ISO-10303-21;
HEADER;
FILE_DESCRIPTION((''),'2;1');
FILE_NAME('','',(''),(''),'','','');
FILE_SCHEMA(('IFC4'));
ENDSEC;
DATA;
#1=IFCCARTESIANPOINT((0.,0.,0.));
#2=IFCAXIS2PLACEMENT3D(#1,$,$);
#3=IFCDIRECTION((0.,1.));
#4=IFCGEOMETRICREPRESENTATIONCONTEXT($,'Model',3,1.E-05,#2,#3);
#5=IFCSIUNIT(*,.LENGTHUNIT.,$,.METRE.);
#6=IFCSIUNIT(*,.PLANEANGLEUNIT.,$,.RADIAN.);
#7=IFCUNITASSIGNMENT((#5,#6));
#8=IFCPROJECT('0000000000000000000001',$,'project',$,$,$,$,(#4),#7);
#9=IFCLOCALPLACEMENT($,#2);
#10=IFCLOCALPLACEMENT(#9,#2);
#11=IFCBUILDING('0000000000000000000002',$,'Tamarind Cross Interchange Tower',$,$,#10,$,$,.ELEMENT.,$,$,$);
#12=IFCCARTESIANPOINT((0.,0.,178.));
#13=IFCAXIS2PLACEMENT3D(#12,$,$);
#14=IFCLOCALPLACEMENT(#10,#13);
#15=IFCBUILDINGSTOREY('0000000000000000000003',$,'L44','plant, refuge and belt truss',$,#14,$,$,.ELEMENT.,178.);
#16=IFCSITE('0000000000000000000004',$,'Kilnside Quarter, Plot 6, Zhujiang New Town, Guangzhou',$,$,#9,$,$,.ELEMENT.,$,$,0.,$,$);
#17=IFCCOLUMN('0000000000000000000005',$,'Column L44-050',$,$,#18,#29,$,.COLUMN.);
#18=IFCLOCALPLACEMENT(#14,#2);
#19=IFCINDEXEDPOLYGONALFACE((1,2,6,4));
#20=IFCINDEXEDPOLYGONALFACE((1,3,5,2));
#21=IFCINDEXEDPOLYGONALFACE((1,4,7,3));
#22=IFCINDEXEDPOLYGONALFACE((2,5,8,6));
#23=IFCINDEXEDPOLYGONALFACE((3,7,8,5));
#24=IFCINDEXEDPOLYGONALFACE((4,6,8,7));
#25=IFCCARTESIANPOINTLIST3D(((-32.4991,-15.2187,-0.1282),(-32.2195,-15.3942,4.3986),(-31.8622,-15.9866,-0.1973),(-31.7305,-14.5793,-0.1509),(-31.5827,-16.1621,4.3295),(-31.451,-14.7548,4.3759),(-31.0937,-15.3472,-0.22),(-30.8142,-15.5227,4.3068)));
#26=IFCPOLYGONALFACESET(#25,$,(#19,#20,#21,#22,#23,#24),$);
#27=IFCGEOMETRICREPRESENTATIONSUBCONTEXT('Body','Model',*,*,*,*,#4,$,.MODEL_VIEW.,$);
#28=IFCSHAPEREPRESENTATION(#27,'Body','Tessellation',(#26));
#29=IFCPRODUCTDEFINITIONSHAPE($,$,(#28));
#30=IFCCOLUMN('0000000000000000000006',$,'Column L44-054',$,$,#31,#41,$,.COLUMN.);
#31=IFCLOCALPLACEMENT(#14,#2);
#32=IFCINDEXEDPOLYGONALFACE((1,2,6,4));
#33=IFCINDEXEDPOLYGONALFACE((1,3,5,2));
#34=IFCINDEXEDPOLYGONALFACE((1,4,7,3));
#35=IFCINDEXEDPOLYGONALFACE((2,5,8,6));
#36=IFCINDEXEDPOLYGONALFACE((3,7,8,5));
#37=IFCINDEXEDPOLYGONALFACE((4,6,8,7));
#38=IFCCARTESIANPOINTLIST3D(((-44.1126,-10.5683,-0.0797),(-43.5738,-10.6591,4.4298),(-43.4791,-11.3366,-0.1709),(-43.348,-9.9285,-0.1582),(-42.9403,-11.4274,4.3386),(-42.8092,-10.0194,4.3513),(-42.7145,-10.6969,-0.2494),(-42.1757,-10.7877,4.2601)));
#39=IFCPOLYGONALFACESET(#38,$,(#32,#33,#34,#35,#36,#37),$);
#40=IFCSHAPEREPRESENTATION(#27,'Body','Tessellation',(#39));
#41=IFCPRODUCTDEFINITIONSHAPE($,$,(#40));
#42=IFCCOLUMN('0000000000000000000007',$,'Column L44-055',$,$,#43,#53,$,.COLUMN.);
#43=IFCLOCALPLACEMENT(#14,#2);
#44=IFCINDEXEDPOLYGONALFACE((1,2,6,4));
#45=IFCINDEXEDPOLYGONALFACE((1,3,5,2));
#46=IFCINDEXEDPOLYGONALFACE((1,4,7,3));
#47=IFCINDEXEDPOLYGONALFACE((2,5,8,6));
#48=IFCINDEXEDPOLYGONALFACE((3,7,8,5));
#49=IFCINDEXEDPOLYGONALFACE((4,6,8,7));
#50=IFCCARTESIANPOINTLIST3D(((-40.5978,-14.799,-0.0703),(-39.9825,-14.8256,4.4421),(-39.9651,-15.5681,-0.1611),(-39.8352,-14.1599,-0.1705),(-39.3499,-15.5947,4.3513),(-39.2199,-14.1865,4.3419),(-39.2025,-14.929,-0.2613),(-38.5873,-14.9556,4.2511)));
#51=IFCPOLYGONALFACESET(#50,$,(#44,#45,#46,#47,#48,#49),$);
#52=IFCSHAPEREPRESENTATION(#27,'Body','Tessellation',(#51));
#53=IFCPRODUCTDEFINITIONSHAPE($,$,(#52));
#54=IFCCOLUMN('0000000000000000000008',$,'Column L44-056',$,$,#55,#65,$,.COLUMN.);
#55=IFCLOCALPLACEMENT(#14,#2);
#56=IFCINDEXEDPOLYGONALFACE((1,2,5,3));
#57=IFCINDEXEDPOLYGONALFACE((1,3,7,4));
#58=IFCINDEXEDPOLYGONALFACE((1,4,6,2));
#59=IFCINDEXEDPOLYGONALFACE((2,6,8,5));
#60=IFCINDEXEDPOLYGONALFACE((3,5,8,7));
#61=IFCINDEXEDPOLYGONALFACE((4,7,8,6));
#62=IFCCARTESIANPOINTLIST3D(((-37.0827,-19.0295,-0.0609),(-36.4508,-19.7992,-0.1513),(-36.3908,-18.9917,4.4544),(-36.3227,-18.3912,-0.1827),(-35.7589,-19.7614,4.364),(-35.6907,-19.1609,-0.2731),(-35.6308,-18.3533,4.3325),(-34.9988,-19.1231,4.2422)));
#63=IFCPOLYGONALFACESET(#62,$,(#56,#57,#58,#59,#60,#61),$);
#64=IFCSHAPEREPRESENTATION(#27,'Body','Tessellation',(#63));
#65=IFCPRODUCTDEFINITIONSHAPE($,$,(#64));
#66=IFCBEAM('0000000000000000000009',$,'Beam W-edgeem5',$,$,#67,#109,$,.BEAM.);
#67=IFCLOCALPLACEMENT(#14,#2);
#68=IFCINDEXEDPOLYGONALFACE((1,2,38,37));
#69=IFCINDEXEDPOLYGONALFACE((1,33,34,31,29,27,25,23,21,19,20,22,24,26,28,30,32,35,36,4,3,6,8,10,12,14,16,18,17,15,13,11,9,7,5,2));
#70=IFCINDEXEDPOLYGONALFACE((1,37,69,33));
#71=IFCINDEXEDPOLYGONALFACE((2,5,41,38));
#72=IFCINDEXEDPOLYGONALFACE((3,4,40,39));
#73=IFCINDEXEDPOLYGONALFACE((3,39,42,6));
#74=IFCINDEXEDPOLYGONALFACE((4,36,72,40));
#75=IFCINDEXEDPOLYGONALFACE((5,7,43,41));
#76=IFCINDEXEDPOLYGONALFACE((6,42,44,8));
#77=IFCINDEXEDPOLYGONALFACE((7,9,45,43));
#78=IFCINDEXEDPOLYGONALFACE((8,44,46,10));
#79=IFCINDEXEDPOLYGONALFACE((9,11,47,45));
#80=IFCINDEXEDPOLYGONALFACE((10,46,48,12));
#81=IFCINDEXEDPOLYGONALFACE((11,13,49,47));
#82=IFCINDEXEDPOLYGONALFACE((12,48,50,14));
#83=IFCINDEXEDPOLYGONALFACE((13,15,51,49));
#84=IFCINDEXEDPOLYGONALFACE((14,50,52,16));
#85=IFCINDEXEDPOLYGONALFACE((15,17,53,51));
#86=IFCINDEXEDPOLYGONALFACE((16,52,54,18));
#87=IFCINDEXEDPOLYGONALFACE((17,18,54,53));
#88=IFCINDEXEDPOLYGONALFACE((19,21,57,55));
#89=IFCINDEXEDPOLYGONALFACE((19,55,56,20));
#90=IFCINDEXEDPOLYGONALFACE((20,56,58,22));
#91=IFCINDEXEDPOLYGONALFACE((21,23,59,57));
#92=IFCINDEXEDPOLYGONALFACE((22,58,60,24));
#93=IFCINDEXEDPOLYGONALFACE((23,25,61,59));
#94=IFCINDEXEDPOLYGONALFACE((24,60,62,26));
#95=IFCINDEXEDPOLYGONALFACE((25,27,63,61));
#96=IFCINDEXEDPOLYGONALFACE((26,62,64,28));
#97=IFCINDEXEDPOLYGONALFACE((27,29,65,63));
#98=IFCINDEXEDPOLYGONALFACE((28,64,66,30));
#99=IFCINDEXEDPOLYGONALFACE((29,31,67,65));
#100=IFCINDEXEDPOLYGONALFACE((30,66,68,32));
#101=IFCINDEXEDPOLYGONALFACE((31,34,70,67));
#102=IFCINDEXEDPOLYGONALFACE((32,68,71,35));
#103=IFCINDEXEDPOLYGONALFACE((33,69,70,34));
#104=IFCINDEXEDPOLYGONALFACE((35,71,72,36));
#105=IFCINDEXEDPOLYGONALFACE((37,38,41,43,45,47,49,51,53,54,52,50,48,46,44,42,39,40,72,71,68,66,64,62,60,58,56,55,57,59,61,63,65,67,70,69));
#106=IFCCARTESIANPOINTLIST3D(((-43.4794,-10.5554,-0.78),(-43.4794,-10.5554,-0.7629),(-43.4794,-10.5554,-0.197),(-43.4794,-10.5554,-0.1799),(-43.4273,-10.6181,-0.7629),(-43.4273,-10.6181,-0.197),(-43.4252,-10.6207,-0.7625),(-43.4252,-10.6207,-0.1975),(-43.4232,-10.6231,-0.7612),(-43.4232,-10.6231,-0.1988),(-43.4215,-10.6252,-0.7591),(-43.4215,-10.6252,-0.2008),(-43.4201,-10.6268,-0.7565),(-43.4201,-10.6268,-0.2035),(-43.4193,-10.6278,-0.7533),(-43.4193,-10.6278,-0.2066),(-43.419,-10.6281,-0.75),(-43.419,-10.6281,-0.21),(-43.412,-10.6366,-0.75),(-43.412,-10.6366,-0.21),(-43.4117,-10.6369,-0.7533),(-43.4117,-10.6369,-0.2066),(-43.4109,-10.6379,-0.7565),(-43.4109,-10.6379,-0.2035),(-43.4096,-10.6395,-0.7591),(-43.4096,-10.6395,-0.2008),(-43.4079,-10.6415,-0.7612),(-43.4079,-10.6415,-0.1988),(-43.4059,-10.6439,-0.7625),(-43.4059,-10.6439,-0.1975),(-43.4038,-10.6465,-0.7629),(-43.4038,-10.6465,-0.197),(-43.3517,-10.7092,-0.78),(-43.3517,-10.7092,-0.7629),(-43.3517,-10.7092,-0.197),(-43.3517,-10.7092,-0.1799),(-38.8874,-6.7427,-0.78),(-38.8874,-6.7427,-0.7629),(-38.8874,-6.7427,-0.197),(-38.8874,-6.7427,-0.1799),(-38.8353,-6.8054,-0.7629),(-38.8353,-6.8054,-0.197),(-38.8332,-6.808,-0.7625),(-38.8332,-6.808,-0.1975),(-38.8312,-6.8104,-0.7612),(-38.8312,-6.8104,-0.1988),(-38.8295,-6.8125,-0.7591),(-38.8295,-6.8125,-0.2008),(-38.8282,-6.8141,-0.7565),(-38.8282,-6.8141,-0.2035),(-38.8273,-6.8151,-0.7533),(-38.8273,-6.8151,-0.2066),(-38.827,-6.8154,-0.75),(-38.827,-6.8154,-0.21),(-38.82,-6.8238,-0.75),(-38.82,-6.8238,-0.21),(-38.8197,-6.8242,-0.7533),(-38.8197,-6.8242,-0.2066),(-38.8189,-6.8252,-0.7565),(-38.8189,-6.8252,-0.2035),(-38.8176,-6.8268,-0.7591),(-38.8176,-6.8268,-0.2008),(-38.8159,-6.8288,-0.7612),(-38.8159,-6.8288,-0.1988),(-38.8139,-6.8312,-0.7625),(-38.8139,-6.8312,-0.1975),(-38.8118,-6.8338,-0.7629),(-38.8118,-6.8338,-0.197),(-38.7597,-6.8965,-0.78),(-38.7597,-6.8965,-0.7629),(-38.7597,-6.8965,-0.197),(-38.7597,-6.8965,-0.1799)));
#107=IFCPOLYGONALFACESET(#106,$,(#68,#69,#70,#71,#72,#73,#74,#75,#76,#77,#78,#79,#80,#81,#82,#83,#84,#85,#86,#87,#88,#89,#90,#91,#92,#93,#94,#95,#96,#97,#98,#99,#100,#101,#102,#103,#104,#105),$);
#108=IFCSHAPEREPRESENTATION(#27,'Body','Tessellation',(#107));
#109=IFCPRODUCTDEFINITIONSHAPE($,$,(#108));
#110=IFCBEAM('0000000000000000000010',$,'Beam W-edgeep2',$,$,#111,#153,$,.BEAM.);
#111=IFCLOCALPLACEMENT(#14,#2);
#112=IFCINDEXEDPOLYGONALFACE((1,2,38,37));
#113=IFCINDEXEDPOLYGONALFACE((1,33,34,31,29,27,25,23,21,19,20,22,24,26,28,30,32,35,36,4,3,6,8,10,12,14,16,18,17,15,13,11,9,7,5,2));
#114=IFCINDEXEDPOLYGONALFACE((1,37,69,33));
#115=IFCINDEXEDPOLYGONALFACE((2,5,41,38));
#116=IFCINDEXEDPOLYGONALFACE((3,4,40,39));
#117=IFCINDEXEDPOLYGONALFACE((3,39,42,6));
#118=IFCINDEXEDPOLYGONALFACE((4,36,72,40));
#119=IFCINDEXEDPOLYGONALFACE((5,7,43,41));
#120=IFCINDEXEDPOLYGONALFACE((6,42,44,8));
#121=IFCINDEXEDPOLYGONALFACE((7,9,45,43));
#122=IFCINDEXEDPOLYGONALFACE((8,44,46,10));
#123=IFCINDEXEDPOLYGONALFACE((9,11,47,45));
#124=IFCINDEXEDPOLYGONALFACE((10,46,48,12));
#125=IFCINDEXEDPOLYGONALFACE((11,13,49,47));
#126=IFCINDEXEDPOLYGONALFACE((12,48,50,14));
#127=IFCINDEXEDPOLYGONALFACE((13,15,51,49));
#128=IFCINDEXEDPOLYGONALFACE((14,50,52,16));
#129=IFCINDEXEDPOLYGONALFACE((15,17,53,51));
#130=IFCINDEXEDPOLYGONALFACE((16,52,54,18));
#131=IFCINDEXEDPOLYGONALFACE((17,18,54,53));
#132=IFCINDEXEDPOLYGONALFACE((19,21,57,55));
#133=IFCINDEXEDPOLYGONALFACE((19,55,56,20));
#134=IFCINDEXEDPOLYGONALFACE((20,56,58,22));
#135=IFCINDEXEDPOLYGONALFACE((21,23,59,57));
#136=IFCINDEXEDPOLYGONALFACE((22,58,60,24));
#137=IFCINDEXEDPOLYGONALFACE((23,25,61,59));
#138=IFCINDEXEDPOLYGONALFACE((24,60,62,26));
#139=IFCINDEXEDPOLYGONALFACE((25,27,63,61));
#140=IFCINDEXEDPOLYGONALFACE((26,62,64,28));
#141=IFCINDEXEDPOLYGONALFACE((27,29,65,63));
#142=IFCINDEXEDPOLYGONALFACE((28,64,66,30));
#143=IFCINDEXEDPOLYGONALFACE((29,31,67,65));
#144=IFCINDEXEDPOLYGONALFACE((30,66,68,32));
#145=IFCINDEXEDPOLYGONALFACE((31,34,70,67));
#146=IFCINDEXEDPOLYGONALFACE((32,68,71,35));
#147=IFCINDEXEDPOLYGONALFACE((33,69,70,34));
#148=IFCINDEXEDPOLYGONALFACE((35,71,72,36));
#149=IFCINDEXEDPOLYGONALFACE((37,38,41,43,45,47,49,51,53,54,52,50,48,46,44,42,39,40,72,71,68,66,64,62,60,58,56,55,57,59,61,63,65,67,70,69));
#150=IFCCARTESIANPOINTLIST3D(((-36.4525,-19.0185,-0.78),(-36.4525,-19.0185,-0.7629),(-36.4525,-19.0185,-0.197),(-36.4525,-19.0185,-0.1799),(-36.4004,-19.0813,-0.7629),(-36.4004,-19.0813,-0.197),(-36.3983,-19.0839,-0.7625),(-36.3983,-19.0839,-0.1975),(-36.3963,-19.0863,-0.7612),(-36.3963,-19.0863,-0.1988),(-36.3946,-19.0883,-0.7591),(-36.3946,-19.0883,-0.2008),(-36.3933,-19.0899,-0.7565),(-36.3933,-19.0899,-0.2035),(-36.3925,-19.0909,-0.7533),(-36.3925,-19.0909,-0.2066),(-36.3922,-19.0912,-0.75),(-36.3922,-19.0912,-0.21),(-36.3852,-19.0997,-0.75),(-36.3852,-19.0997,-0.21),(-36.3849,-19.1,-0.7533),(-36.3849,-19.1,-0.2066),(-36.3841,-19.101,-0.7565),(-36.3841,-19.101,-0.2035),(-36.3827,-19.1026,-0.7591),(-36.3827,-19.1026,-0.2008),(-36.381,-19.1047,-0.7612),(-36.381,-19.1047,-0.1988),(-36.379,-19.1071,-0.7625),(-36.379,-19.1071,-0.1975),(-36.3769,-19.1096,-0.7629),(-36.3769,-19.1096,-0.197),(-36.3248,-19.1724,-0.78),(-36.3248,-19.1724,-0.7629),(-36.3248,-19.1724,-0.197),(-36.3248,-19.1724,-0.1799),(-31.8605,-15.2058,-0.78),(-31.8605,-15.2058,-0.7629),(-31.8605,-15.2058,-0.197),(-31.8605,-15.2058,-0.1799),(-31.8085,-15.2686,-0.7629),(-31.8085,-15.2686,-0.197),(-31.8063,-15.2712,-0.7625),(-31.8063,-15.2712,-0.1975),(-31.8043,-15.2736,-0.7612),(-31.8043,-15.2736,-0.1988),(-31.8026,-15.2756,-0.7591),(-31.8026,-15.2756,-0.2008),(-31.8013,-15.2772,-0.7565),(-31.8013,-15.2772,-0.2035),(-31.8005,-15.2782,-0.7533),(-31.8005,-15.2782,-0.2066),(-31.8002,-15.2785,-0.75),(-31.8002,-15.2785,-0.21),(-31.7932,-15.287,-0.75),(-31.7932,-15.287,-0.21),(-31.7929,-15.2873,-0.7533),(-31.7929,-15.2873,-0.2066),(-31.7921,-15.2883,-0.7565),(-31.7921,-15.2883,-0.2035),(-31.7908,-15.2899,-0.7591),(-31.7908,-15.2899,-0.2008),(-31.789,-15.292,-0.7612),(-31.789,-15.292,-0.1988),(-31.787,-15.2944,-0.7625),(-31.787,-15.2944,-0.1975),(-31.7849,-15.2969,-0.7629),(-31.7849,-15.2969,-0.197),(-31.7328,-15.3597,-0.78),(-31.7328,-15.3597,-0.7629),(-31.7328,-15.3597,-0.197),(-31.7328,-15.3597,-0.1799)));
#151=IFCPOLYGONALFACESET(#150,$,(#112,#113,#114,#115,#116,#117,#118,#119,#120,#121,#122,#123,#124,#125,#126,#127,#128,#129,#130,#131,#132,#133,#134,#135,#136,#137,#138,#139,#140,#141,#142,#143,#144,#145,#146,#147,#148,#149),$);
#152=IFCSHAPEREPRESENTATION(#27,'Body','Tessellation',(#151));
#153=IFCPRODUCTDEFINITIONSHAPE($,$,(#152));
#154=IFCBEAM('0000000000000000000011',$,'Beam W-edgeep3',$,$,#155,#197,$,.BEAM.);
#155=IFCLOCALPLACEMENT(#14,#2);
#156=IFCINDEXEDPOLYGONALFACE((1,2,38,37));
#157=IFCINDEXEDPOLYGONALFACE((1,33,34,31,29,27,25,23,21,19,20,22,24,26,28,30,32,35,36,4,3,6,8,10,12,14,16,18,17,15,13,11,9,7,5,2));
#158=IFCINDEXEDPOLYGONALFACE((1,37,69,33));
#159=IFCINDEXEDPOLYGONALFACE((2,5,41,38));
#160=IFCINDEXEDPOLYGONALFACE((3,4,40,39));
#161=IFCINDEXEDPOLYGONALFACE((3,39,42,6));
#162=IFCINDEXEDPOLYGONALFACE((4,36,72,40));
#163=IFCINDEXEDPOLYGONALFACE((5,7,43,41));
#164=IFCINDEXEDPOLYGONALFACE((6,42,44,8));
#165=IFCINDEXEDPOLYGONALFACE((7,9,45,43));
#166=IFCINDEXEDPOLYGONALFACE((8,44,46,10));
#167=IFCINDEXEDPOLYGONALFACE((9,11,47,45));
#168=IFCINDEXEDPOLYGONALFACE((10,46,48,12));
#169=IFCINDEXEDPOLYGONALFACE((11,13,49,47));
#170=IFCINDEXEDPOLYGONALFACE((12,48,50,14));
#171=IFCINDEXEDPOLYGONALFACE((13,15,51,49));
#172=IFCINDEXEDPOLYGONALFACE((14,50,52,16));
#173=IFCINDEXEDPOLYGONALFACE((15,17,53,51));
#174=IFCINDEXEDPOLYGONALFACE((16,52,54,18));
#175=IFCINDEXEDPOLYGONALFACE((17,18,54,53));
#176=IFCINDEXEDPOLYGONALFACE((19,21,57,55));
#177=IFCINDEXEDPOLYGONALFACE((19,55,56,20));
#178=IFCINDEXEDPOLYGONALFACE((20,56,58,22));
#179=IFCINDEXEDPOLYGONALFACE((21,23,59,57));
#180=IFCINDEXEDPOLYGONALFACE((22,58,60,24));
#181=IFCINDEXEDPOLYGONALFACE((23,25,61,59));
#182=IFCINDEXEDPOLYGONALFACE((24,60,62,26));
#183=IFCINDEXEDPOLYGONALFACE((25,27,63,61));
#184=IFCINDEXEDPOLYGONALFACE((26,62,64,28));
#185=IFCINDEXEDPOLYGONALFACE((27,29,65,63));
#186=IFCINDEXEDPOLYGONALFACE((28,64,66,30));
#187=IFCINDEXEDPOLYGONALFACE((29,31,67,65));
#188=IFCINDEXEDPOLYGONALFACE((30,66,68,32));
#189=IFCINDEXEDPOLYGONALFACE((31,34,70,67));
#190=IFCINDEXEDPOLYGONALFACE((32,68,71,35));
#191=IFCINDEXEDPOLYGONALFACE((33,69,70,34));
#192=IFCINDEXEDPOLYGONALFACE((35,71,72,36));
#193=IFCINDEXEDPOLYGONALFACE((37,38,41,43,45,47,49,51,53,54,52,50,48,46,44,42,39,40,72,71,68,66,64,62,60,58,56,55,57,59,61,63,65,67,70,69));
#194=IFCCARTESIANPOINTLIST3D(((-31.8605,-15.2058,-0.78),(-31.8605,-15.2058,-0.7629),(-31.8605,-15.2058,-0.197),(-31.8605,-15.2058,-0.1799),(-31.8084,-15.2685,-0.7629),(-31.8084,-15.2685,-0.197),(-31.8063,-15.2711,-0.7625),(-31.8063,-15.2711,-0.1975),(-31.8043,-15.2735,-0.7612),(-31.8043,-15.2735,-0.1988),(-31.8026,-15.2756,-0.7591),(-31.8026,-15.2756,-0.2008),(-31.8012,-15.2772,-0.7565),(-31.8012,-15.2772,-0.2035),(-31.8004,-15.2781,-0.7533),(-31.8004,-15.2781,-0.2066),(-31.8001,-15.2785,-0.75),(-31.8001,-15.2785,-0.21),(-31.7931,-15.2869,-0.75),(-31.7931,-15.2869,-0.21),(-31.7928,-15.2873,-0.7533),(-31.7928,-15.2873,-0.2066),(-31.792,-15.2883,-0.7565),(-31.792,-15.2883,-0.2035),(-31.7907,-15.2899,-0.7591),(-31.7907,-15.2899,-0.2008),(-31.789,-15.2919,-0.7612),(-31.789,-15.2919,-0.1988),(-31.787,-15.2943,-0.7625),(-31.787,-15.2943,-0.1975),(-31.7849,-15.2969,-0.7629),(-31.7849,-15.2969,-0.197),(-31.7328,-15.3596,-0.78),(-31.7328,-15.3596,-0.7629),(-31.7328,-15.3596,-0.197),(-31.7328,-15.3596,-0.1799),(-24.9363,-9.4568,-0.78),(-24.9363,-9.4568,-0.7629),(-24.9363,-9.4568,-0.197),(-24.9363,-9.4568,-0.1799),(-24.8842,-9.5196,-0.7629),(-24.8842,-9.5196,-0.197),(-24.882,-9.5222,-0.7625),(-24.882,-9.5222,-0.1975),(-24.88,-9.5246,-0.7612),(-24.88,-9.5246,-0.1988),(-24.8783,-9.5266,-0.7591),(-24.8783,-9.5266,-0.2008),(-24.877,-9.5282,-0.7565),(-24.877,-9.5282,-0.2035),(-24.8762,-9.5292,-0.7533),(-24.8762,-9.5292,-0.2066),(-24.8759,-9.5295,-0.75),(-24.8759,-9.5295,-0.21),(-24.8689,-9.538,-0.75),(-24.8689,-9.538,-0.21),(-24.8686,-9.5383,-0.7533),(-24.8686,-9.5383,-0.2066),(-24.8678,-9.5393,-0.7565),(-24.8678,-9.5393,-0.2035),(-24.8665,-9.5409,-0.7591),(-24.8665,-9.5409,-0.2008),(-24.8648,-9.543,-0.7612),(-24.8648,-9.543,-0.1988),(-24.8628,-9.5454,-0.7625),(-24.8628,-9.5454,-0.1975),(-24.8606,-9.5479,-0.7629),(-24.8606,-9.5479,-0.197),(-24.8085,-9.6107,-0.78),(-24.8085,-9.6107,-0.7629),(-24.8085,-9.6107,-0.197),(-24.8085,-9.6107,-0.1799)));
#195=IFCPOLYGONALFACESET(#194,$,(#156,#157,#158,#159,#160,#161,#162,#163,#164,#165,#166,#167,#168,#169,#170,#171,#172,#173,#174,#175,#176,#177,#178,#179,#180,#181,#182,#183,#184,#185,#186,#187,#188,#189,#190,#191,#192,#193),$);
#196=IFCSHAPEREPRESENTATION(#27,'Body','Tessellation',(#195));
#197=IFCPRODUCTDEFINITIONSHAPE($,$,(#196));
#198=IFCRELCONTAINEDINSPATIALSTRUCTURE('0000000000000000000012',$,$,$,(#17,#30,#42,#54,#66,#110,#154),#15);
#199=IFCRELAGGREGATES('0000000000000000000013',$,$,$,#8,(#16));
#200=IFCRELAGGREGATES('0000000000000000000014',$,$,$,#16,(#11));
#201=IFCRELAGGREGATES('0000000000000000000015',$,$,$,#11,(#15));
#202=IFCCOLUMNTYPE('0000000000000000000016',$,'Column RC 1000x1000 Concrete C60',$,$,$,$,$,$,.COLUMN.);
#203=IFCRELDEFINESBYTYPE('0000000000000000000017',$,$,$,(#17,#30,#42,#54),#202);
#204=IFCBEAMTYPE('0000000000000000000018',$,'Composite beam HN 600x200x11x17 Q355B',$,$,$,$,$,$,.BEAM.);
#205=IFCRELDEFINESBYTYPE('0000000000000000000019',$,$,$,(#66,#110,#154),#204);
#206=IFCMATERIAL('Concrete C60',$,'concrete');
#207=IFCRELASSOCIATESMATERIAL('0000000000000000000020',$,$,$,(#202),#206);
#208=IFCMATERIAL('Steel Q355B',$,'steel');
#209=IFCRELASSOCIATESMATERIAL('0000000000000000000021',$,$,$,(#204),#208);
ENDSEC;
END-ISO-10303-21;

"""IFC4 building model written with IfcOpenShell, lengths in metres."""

from ifc_helpers import new_model, si_unit, direction, frame, origin, origin_2d, place, context, subcontext, project, spatial, rectangle, i_section, extrude, material, material_profile, profile_set, type_object, element, save


model = new_model("IFC4")

# Units and contexts
model_context = context("Model", 3, precision=1e-05, world=origin(), true_north=direction((0.0, 1.0)))
body_context = subcontext(model_context, "Body", "Model", "MODEL_VIEW")
ifc_project = project(units=[si_unit("LENGTHUNIT", "METRE"), si_unit("PLANEANGLEUNIT", "RADIAN")], contexts=[model_context])

# Site, building, storey
site_placement = place(None, origin())
site = spatial("IfcSite", under=ifc_project, at=site_placement, Name="Kilnside Quarter, Plot 6, Zhujiang New Town, Guangzhou", CompositionType="ELEMENT", RefElevation=0.0)
building_placement = place(site_placement, origin())
building = spatial("IfcBuilding", under=site, at=building_placement, Name="Tamarind Cross Interchange Tower", CompositionType="ELEMENT")
storey_placement = place(building_placement, frame((0.0, 0.0, 178.0)))
storey = spatial("IfcBuildingStorey", under=building, at=storey_placement, Name="L44", Description="plant, refuge and belt truss", CompositionType="ELEMENT", Elevation=178.0)

# Columns
ifc_material_1 = material(Name="Concrete C60", Category="concrete")
ifc_material_profile_1 = material_profile(ifc_material_1, rectangle(XDim=1.0, YDim=1.0, at=origin_2d()), Name="RC 1000x1000")
ifc_profile_set_1 = profile_set([ifc_material_profile_1], Name="Concrete C60")
column_type = type_object("IfcColumnType", Name="Column RC 1000x1000 Concrete C60", PredefinedType="COLUMN", material=ifc_profile_set_1)
column_1_placement = place(storey_placement, frame((-31.7964, -15.283, -0.1741), z_axis=(0.061588, -0.038674, 0.997352), x_axis=(-0.636831, 0.7679, 0.069102)))
element("IfcColumn", 1, at=column_1_placement, inside=storey, type_object=column_type, Name="Column L44-050", PredefinedType="COLUMN", context=body_context, shape_type="SweptSolid", body=[
    extrude(rectangle(XDim=1.0, YDim=1.0, at=origin_2d()), origin(), (0.0, 0.0, 1.0), 4.5388),
])
column_2_placement = place(storey_placement, frame((-43.4136, -10.6326, -0.1646), z_axis=(0.118617, -0.019993, 0.992739), x_axis=(-0.633522, 0.768334, 0.09117)))
element("IfcColumn", 2, at=column_2_placement, inside=storey, type_object=column_type, Name="Column L44-054", PredefinedType="COLUMN", context=body_context, shape_type="SweptSolid", body=[
    extrude(rectangle(XDim=1.0, YDim=1.0, at=origin_2d()), origin(), (0.0, 0.0, 1.0), 4.5425),
])
column_3_placement = place(storey_placement, frame((-39.9001, -14.864, -0.1658), z_axis=(0.135089, -0.005843, 0.990816), x_axis=(-0.632626, 0.769118, 0.090789)))
element("IfcColumn", 3, at=column_3_placement, inside=storey, type_object=column_type, Name="Column L44-055", PredefinedType="COLUMN", context=body_context, shape_type="SweptSolid", body=[
    extrude(rectangle(XDim=1.0, YDim=1.0, at=origin_2d()), origin(), (0.0, 0.0, 1.0), 4.5542),
])
column_4_placement = place(storey_placement, frame((-36.3867, -19.0952, -0.167), z_axis=(0.151466, 0.008284, 0.988428), x_axis=(-0.631952, 0.769718, 0.090389)))
element("IfcColumn", 4, at=column_4_placement, inside=storey, type_object=column_type, Name="Column L44-056", PredefinedType="COLUMN", context=body_context, shape_type="SweptSolid", body=[
    extrude(rectangle(XDim=1.0, YDim=1.0, at=origin_2d()), origin(), (0.0, 0.0, 1.0), 4.5681),
])

# Beams
ifc_material_2 = material(Name="Steel Q355B", Category="steel")
ifc_material_profile_2 = material_profile(ifc_material_2, i_section(OverallWidth=0.2, OverallDepth=0.6001, WebThickness=0.011, FlangeThickness=0.0171, FilletRadius=0.0129, at=origin_2d()), Name="HN 600x200x11x17")
ifc_profile_set_2 = profile_set([ifc_material_profile_2], Name="Steel Q355B")
beam_type_1 = type_object("IfcBeamType", Name="Composite beam HN 600x200x11x17 Q355B", PredefinedType="BEAM", material=ifc_profile_set_2)
for number, where, z_axis, x_axis, name in (
    (5, (-43.4155, -10.6323, -0.48), (0.76937, 0.638803, 0.0), (-0.638803, 0.76937, 0.0), "Beam W-edgeem5"),
    (6, (-36.3887, -19.0955, -0.48), (0.76937, 0.638803, 0.0), (-0.638803, 0.76937, 0.0), "Beam W-edgeep2"),
):
    element("IfcBeam", number, at=place(storey_placement, frame(where, z_axis=z_axis, x_axis=x_axis)), inside=storey, type_object=beam_type_1, Name=name, PredefinedType="BEAM", context=body_context, shape_type="SweptSolid", body=[
        extrude(i_section(OverallWidth=0.2, OverallDepth=0.6001, WebThickness=0.011, FlangeThickness=0.0171, FilletRadius=0.0129, at=origin_2d()), origin(), (0.0, 0.0, 1.0), 5.9685),
    ])
beam_1_placement = place(storey_placement, frame((-31.7966, -15.2827, -0.48), z_axis=(0.769381, 0.638791, 0.0), x_axis=(-0.638791, 0.769381, 0.0)))
element("IfcBeam", 7, at=beam_1_placement, inside=storey, type_object=beam_type_1, Name="Beam W-edgeep3", PredefinedType="BEAM", context=body_context, shape_type="SweptSolid", body=[
    extrude(i_section(OverallWidth=0.2, OverallDepth=0.6001, WebThickness=0.011, FlangeThickness=0.0171, FilletRadius=0.0129, at=origin_2d()), origin(), (0.0, 0.0, 1.0), 8.9998),
])

save(model, "model.ifc")
